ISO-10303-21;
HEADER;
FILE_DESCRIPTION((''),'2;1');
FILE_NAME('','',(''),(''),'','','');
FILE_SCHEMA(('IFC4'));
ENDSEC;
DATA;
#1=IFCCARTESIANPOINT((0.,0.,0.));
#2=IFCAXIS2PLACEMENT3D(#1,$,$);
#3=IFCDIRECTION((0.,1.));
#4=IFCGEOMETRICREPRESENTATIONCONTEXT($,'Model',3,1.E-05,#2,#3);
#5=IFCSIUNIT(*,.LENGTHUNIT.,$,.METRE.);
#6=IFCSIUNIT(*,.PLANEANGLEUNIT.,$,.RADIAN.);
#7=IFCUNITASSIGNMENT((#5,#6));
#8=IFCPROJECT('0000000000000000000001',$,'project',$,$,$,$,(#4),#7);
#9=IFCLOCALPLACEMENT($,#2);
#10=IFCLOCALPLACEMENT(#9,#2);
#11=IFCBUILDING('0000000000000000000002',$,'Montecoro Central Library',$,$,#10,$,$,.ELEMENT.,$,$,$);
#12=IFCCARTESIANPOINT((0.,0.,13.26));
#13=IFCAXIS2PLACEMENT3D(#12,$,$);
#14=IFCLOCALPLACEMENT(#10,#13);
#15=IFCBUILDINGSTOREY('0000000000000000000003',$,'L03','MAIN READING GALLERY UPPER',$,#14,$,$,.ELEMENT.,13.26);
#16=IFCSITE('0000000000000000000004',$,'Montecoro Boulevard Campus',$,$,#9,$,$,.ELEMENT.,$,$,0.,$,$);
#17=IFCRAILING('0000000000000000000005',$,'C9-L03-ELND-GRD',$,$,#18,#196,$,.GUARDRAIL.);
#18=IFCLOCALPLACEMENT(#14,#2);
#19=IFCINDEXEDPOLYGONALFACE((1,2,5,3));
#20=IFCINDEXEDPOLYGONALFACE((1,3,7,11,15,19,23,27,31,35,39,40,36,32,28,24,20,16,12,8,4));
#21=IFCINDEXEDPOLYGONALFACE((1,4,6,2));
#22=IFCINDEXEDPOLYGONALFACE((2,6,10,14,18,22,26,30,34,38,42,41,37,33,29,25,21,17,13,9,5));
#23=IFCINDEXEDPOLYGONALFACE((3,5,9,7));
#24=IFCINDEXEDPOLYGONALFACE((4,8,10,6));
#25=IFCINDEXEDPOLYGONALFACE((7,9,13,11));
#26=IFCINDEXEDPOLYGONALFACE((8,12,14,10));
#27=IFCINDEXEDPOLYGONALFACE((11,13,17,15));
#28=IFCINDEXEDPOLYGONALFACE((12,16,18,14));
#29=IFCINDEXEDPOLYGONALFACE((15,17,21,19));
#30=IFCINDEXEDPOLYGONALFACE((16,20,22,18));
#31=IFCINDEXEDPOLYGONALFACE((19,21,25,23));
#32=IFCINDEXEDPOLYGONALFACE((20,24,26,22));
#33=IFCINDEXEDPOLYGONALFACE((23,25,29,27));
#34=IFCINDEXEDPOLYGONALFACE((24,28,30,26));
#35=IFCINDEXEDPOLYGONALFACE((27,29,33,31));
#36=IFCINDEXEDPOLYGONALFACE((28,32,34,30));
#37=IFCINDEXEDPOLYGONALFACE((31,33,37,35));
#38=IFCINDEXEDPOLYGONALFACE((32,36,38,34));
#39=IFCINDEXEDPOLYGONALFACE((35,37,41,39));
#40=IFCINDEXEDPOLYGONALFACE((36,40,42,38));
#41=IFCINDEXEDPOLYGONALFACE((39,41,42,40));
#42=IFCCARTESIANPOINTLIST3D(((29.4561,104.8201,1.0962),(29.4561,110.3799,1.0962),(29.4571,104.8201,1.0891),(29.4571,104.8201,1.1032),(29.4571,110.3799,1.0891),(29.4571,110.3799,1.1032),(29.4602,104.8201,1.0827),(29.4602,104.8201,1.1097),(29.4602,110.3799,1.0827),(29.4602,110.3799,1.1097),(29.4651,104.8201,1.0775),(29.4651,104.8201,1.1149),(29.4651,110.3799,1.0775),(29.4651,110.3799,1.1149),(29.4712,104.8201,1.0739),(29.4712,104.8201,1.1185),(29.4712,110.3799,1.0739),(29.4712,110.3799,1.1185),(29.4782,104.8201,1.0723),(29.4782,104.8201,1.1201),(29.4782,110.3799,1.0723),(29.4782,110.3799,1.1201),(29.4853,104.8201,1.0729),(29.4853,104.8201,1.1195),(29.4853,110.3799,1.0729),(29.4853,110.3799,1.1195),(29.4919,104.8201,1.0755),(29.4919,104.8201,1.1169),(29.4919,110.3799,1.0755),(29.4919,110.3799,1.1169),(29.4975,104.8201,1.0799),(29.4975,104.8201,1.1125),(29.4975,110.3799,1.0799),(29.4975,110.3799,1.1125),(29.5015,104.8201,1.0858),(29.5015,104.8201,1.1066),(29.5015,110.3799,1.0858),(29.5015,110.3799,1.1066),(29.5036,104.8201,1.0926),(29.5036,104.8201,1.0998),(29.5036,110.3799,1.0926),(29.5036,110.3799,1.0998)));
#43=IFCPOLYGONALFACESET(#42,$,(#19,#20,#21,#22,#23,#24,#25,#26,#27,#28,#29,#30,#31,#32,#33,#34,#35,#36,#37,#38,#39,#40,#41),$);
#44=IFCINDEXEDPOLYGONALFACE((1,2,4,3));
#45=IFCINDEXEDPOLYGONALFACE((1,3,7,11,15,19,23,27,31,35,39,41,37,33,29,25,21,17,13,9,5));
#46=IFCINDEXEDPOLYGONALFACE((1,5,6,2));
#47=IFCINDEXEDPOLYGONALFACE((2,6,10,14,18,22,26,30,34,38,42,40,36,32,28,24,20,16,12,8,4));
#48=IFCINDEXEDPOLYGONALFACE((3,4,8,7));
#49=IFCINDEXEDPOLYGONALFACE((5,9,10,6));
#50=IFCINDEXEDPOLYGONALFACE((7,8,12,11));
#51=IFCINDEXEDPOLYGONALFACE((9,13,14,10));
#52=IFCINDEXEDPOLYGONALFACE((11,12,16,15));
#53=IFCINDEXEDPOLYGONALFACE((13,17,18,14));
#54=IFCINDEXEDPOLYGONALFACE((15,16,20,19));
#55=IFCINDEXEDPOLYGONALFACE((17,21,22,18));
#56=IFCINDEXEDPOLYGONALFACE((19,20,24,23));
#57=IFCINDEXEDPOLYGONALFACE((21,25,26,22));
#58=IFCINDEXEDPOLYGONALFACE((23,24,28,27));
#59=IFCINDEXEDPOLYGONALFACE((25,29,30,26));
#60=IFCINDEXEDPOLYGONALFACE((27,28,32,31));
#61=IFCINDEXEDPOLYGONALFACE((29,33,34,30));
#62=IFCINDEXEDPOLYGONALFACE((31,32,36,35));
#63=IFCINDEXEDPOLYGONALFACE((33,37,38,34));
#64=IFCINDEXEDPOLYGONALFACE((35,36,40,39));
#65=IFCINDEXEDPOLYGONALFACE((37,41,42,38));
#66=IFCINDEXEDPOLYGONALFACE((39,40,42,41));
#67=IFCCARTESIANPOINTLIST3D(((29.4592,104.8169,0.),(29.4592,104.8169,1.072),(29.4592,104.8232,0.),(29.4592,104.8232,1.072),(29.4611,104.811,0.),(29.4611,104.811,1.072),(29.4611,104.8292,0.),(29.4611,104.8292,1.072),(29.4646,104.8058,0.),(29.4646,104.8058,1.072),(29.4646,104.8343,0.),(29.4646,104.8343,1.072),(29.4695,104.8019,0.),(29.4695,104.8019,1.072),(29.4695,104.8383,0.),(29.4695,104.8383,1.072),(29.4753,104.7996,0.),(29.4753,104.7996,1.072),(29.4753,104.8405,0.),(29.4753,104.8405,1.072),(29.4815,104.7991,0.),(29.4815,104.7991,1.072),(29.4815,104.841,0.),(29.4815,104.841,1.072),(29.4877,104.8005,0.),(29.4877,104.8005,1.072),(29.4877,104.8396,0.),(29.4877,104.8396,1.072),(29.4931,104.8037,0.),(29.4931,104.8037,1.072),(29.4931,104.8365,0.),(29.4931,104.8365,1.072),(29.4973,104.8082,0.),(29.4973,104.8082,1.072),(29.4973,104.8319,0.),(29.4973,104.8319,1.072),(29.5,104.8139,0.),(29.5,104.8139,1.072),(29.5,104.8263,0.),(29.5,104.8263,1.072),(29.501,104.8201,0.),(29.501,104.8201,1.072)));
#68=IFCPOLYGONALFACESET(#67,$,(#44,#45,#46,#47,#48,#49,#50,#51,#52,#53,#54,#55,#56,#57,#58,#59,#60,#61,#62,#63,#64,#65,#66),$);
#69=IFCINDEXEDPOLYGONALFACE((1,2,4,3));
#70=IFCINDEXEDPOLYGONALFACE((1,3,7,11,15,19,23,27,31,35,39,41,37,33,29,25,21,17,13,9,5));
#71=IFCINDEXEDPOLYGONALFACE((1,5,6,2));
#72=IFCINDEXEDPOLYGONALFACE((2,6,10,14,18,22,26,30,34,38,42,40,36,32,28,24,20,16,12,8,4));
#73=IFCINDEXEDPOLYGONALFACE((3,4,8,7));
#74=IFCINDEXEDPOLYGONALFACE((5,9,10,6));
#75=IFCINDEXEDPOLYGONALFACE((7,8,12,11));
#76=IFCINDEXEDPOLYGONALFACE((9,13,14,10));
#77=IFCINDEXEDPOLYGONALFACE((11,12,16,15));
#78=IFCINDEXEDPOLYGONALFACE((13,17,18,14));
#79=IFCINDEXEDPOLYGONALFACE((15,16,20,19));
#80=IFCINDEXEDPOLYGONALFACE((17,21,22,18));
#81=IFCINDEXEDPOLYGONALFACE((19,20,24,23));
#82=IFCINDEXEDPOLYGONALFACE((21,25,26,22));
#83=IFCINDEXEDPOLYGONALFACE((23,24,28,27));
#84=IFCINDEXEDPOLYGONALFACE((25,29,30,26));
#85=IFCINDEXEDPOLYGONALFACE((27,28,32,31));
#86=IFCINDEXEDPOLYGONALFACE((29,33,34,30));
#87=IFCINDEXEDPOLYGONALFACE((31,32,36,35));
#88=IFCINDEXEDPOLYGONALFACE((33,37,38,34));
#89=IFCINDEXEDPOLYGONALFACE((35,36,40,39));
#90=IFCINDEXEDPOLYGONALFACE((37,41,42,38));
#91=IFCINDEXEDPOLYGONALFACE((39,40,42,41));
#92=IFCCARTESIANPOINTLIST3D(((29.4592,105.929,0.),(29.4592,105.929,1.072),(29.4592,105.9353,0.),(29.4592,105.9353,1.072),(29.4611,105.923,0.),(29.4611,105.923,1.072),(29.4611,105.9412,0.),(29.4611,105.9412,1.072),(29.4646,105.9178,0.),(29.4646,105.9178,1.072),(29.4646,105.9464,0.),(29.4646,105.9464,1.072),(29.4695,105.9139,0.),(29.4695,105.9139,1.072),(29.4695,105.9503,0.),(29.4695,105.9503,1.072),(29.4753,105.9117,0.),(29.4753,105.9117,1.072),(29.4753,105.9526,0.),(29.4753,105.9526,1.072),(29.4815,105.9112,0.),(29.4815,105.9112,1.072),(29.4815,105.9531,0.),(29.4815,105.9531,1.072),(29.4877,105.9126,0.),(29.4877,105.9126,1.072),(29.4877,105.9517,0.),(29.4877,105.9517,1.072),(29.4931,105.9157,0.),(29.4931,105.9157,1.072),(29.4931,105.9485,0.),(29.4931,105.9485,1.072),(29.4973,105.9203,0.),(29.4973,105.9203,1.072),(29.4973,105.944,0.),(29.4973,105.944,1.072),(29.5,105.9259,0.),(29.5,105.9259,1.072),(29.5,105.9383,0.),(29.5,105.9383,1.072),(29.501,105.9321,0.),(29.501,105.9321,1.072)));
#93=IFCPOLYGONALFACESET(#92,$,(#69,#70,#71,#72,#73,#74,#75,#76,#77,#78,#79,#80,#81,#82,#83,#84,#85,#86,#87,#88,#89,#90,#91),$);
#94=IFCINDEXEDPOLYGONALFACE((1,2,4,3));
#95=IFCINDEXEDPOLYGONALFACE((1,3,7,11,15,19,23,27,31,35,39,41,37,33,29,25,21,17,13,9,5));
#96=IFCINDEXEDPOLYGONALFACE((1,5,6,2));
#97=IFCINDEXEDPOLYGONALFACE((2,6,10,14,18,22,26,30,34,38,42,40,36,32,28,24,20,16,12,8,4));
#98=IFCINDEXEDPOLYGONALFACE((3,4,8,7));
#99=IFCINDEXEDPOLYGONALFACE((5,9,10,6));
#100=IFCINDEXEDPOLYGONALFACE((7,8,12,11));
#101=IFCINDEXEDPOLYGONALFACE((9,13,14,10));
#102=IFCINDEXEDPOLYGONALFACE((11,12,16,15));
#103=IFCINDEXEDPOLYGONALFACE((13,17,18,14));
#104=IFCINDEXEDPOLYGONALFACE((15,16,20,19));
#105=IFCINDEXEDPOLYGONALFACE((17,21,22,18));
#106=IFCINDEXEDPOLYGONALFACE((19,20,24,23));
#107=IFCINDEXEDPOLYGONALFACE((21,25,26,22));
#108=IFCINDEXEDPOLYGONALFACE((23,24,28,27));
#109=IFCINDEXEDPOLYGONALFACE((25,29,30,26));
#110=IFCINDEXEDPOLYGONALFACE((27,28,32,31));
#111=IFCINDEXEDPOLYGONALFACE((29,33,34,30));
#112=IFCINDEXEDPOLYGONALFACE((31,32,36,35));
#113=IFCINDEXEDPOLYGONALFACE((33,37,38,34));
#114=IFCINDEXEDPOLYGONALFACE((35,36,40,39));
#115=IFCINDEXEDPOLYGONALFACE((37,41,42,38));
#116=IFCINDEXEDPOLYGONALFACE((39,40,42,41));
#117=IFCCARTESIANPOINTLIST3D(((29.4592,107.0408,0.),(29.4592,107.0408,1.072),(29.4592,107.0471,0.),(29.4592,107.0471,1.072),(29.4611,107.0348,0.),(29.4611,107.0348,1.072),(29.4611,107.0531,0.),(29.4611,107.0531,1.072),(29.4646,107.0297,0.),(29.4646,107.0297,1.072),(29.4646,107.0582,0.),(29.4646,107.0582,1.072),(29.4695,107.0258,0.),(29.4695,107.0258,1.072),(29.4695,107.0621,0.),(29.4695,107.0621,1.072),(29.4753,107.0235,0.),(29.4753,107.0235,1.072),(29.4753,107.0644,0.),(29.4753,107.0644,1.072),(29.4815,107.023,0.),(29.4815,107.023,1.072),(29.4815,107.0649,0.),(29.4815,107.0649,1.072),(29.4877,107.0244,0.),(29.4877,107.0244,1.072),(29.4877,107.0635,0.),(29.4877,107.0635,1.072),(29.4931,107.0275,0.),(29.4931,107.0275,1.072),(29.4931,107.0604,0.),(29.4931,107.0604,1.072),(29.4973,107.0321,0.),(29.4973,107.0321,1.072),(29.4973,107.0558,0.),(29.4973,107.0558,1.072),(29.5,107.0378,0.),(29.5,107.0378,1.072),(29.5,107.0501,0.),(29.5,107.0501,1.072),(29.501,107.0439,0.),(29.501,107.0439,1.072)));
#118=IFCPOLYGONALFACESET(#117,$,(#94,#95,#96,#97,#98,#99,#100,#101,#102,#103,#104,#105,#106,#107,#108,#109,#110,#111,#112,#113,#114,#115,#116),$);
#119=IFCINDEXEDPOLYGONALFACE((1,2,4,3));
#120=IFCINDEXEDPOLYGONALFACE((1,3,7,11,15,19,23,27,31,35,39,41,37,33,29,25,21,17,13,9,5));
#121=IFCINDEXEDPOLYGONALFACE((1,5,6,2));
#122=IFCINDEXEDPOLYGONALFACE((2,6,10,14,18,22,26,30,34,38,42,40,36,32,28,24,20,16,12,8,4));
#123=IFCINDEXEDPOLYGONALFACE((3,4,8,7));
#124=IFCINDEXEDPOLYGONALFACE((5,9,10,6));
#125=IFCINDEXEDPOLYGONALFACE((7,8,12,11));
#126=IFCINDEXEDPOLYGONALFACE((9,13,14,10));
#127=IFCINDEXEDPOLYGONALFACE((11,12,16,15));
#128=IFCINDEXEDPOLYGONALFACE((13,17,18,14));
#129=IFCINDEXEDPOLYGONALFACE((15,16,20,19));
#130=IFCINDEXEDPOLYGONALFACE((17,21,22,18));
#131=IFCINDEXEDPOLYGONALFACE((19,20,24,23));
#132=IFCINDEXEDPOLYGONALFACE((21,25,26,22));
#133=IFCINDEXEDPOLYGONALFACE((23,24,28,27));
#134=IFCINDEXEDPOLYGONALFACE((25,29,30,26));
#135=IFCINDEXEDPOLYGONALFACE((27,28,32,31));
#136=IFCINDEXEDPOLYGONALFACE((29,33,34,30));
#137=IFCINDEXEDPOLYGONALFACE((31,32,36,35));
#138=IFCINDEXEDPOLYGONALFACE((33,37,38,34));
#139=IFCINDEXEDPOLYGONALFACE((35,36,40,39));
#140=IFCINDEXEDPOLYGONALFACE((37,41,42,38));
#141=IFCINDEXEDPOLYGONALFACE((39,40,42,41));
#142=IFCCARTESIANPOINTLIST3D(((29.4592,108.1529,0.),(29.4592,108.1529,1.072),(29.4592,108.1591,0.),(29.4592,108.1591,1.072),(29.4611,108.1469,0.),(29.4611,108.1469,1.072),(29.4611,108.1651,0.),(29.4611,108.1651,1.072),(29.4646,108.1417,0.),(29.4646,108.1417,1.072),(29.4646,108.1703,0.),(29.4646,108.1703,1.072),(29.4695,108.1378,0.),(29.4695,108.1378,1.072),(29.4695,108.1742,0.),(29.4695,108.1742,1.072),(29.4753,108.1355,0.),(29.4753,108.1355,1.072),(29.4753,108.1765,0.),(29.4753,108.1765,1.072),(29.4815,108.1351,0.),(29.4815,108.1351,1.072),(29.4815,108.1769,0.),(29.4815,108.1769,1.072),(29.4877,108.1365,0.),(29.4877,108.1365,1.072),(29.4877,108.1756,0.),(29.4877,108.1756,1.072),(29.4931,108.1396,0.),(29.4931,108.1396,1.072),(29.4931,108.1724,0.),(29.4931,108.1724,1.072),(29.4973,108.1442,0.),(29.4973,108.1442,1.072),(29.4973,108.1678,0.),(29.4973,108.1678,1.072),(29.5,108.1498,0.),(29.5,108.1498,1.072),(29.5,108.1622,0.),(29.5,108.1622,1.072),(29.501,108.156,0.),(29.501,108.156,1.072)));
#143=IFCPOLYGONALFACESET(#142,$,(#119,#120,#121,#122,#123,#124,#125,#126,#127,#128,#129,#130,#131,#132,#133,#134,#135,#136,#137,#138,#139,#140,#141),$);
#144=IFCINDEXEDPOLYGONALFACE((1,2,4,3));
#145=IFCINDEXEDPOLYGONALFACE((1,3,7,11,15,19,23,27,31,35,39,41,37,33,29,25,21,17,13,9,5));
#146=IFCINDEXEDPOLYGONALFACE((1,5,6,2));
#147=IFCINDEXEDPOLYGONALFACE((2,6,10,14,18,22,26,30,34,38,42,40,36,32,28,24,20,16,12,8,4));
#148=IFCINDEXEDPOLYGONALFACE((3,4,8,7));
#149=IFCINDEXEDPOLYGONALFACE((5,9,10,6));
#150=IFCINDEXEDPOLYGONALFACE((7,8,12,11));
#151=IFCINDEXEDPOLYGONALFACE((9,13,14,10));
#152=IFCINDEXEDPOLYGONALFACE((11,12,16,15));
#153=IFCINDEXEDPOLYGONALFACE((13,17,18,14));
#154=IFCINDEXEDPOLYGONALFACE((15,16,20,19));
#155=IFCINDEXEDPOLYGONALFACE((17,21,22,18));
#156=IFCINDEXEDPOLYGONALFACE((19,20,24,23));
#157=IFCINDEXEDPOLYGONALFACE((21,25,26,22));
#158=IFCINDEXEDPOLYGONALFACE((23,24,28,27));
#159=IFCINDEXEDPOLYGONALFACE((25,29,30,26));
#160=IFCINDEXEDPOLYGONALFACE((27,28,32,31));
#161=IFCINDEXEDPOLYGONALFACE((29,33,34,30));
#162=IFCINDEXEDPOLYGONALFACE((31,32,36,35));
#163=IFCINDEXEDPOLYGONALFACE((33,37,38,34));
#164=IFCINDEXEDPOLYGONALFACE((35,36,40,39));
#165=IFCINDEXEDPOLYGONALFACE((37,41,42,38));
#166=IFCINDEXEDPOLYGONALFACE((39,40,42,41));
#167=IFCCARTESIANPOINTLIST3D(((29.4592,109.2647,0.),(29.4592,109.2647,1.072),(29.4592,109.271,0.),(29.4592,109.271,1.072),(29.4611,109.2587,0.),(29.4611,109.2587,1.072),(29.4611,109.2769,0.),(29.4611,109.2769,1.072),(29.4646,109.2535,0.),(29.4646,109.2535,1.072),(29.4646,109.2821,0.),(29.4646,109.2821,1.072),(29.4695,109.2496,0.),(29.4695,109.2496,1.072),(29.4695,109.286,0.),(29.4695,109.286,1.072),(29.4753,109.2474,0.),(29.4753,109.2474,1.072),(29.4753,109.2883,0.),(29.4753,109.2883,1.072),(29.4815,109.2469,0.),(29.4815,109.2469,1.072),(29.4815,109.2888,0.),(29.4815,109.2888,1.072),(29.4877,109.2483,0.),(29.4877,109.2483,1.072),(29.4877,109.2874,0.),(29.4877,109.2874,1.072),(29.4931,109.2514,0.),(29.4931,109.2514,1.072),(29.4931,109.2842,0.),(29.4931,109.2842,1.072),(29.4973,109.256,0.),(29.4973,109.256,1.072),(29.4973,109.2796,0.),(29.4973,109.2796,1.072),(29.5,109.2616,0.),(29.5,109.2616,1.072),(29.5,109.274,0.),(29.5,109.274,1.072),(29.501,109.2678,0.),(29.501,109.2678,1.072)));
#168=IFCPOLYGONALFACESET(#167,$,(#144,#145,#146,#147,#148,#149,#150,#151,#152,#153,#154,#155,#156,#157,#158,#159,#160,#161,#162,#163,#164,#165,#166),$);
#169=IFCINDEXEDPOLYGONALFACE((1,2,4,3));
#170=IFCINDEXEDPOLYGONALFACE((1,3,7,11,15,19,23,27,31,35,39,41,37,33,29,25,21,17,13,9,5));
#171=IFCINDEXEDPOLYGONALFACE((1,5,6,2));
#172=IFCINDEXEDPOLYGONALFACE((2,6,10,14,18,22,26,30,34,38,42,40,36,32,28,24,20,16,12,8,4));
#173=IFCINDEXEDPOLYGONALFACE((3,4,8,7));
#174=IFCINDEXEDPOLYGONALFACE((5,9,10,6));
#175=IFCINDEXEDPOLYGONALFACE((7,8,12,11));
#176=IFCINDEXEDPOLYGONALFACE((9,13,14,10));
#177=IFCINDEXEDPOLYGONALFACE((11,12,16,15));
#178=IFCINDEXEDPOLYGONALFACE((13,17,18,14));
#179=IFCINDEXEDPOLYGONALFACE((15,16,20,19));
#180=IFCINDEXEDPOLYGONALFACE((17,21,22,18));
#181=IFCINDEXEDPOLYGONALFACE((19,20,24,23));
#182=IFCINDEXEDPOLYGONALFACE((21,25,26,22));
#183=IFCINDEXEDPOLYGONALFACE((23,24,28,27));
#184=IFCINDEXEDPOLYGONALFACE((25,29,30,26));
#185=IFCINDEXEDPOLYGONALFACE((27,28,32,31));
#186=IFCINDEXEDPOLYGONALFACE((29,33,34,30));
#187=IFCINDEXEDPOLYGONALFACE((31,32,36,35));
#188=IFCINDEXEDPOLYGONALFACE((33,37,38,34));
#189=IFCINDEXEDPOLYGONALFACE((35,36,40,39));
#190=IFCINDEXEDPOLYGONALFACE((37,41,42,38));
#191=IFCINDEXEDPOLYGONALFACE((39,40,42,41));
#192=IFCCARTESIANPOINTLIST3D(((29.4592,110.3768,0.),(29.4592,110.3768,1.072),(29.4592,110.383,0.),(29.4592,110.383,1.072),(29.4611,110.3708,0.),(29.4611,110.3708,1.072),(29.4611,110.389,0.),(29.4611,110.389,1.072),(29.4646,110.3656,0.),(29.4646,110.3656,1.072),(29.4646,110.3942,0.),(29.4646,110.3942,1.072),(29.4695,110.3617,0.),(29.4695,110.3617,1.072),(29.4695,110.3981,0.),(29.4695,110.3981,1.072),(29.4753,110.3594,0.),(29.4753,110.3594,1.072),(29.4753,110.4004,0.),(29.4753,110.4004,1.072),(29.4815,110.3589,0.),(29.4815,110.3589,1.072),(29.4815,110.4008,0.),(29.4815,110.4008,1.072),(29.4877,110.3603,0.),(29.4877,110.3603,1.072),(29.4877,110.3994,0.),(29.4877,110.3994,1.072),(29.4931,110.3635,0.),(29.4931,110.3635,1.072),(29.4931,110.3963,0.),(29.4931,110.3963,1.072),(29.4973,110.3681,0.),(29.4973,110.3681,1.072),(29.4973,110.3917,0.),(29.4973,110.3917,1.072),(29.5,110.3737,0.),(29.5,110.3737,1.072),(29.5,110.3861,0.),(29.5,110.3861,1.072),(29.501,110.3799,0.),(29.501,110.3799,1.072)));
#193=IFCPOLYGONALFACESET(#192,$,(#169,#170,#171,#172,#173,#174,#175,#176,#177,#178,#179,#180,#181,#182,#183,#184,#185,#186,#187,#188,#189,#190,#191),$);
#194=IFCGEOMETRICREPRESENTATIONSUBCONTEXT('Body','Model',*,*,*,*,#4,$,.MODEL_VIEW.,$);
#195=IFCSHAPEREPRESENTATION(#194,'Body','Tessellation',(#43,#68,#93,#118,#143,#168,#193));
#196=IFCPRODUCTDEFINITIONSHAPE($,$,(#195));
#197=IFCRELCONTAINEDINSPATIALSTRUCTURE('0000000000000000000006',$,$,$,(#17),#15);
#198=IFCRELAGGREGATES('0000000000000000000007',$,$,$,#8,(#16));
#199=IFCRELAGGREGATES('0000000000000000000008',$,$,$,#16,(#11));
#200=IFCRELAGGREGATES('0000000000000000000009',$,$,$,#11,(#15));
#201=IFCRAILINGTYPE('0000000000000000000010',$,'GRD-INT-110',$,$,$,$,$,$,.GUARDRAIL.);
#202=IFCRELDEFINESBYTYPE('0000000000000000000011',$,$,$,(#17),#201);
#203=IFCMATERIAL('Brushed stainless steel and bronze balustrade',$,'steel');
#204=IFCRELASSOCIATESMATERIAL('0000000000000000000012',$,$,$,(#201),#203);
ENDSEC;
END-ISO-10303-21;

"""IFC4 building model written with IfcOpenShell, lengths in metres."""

from ifc_helpers import new_model, si_unit, direction, frame, origin, origin_2d, place, context, subcontext, project, spatial, circle, extrude, material, type_object, element, save


model = new_model("IFC4")

# Units and contexts
model_context = context("Model", 3, precision=1e-05, world=origin(), true_north=direction((0.0, 1.0)))
body_context = subcontext(model_context, "Body", "Model", "MODEL_VIEW")
ifc_project = project(units=[si_unit("LENGTHUNIT", "METRE"), si_unit("PLANEANGLEUNIT", "RADIAN")], contexts=[model_context])

# Site, building, storey
site_placement = place(None, origin())
site = spatial("IfcSite", under=ifc_project, at=site_placement, Name="Montecoro Boulevard Campus", CompositionType="ELEMENT", RefElevation=0.0)
building_placement = place(site_placement, origin())
building = spatial("IfcBuilding", under=site, at=building_placement, Name="Montecoro Central Library", CompositionType="ELEMENT")
storey_placement = place(building_placement, frame((0.0, 0.0, 13.26)))
storey = spatial("IfcBuildingStorey", under=building, at=storey_placement, Name="L03", Description="MAIN READING GALLERY UPPER", CompositionType="ELEMENT", Elevation=13.26)

# Railing
ifc_material_1 = material(Name="Brushed stainless steel and bronze balustrade", Category="steel")
railing_type = type_object("IfcRailingType", Name="GRD-INT-110", PredefinedType="GUARDRAIL", material=ifc_material_1)
railing_placement = place(storey_placement, frame((29.48, 104.8201, 0.0)))
element("IfcRailing", 1, at=railing_placement, inside=storey, type_object=railing_type, Name="C9-L03-ELND-GRD", PredefinedType="GUARDRAIL", context=body_context, shape_type="SweptSolid", body=[
    extrude(circle(Radius=0.0239, at=origin_2d()), frame((0.0, 0.0, 1.0962), z_axis=(0.0, 1.0, 0.0), x_axis=(-1.0, 0.0, 0.0)), (0.0, 0.0, 1.0), 5.5598),
    extrude(circle(Radius=0.021, at=origin_2d()), origin(), (0.0, 0.0, 1.0), 1.072),
    extrude(circle(Radius=0.021, at=origin_2d()), frame((0.0, 1.1121, 0.0)), (0.0, 0.0, 1.0), 1.072),
    extrude(circle(Radius=0.021, at=origin_2d()), frame((0.0, 2.2239, 0.0)), (0.0, 0.0, 1.0), 1.072),
    extrude(circle(Radius=0.021, at=origin_2d()), frame((0.0, 3.3359, 0.0)), (0.0, 0.0, 1.0), 1.072),
    extrude(circle(Radius=0.021, at=origin_2d()), frame((0.0, 4.4478, 0.0)), (0.0, 0.0, 1.0), 1.072),
    extrude(circle(Radius=0.021, at=origin_2d()), frame((0.0, 5.5598, 0.0)), (0.0, 0.0, 1.0), 1.072),
])

save(model, "model.ifc")
